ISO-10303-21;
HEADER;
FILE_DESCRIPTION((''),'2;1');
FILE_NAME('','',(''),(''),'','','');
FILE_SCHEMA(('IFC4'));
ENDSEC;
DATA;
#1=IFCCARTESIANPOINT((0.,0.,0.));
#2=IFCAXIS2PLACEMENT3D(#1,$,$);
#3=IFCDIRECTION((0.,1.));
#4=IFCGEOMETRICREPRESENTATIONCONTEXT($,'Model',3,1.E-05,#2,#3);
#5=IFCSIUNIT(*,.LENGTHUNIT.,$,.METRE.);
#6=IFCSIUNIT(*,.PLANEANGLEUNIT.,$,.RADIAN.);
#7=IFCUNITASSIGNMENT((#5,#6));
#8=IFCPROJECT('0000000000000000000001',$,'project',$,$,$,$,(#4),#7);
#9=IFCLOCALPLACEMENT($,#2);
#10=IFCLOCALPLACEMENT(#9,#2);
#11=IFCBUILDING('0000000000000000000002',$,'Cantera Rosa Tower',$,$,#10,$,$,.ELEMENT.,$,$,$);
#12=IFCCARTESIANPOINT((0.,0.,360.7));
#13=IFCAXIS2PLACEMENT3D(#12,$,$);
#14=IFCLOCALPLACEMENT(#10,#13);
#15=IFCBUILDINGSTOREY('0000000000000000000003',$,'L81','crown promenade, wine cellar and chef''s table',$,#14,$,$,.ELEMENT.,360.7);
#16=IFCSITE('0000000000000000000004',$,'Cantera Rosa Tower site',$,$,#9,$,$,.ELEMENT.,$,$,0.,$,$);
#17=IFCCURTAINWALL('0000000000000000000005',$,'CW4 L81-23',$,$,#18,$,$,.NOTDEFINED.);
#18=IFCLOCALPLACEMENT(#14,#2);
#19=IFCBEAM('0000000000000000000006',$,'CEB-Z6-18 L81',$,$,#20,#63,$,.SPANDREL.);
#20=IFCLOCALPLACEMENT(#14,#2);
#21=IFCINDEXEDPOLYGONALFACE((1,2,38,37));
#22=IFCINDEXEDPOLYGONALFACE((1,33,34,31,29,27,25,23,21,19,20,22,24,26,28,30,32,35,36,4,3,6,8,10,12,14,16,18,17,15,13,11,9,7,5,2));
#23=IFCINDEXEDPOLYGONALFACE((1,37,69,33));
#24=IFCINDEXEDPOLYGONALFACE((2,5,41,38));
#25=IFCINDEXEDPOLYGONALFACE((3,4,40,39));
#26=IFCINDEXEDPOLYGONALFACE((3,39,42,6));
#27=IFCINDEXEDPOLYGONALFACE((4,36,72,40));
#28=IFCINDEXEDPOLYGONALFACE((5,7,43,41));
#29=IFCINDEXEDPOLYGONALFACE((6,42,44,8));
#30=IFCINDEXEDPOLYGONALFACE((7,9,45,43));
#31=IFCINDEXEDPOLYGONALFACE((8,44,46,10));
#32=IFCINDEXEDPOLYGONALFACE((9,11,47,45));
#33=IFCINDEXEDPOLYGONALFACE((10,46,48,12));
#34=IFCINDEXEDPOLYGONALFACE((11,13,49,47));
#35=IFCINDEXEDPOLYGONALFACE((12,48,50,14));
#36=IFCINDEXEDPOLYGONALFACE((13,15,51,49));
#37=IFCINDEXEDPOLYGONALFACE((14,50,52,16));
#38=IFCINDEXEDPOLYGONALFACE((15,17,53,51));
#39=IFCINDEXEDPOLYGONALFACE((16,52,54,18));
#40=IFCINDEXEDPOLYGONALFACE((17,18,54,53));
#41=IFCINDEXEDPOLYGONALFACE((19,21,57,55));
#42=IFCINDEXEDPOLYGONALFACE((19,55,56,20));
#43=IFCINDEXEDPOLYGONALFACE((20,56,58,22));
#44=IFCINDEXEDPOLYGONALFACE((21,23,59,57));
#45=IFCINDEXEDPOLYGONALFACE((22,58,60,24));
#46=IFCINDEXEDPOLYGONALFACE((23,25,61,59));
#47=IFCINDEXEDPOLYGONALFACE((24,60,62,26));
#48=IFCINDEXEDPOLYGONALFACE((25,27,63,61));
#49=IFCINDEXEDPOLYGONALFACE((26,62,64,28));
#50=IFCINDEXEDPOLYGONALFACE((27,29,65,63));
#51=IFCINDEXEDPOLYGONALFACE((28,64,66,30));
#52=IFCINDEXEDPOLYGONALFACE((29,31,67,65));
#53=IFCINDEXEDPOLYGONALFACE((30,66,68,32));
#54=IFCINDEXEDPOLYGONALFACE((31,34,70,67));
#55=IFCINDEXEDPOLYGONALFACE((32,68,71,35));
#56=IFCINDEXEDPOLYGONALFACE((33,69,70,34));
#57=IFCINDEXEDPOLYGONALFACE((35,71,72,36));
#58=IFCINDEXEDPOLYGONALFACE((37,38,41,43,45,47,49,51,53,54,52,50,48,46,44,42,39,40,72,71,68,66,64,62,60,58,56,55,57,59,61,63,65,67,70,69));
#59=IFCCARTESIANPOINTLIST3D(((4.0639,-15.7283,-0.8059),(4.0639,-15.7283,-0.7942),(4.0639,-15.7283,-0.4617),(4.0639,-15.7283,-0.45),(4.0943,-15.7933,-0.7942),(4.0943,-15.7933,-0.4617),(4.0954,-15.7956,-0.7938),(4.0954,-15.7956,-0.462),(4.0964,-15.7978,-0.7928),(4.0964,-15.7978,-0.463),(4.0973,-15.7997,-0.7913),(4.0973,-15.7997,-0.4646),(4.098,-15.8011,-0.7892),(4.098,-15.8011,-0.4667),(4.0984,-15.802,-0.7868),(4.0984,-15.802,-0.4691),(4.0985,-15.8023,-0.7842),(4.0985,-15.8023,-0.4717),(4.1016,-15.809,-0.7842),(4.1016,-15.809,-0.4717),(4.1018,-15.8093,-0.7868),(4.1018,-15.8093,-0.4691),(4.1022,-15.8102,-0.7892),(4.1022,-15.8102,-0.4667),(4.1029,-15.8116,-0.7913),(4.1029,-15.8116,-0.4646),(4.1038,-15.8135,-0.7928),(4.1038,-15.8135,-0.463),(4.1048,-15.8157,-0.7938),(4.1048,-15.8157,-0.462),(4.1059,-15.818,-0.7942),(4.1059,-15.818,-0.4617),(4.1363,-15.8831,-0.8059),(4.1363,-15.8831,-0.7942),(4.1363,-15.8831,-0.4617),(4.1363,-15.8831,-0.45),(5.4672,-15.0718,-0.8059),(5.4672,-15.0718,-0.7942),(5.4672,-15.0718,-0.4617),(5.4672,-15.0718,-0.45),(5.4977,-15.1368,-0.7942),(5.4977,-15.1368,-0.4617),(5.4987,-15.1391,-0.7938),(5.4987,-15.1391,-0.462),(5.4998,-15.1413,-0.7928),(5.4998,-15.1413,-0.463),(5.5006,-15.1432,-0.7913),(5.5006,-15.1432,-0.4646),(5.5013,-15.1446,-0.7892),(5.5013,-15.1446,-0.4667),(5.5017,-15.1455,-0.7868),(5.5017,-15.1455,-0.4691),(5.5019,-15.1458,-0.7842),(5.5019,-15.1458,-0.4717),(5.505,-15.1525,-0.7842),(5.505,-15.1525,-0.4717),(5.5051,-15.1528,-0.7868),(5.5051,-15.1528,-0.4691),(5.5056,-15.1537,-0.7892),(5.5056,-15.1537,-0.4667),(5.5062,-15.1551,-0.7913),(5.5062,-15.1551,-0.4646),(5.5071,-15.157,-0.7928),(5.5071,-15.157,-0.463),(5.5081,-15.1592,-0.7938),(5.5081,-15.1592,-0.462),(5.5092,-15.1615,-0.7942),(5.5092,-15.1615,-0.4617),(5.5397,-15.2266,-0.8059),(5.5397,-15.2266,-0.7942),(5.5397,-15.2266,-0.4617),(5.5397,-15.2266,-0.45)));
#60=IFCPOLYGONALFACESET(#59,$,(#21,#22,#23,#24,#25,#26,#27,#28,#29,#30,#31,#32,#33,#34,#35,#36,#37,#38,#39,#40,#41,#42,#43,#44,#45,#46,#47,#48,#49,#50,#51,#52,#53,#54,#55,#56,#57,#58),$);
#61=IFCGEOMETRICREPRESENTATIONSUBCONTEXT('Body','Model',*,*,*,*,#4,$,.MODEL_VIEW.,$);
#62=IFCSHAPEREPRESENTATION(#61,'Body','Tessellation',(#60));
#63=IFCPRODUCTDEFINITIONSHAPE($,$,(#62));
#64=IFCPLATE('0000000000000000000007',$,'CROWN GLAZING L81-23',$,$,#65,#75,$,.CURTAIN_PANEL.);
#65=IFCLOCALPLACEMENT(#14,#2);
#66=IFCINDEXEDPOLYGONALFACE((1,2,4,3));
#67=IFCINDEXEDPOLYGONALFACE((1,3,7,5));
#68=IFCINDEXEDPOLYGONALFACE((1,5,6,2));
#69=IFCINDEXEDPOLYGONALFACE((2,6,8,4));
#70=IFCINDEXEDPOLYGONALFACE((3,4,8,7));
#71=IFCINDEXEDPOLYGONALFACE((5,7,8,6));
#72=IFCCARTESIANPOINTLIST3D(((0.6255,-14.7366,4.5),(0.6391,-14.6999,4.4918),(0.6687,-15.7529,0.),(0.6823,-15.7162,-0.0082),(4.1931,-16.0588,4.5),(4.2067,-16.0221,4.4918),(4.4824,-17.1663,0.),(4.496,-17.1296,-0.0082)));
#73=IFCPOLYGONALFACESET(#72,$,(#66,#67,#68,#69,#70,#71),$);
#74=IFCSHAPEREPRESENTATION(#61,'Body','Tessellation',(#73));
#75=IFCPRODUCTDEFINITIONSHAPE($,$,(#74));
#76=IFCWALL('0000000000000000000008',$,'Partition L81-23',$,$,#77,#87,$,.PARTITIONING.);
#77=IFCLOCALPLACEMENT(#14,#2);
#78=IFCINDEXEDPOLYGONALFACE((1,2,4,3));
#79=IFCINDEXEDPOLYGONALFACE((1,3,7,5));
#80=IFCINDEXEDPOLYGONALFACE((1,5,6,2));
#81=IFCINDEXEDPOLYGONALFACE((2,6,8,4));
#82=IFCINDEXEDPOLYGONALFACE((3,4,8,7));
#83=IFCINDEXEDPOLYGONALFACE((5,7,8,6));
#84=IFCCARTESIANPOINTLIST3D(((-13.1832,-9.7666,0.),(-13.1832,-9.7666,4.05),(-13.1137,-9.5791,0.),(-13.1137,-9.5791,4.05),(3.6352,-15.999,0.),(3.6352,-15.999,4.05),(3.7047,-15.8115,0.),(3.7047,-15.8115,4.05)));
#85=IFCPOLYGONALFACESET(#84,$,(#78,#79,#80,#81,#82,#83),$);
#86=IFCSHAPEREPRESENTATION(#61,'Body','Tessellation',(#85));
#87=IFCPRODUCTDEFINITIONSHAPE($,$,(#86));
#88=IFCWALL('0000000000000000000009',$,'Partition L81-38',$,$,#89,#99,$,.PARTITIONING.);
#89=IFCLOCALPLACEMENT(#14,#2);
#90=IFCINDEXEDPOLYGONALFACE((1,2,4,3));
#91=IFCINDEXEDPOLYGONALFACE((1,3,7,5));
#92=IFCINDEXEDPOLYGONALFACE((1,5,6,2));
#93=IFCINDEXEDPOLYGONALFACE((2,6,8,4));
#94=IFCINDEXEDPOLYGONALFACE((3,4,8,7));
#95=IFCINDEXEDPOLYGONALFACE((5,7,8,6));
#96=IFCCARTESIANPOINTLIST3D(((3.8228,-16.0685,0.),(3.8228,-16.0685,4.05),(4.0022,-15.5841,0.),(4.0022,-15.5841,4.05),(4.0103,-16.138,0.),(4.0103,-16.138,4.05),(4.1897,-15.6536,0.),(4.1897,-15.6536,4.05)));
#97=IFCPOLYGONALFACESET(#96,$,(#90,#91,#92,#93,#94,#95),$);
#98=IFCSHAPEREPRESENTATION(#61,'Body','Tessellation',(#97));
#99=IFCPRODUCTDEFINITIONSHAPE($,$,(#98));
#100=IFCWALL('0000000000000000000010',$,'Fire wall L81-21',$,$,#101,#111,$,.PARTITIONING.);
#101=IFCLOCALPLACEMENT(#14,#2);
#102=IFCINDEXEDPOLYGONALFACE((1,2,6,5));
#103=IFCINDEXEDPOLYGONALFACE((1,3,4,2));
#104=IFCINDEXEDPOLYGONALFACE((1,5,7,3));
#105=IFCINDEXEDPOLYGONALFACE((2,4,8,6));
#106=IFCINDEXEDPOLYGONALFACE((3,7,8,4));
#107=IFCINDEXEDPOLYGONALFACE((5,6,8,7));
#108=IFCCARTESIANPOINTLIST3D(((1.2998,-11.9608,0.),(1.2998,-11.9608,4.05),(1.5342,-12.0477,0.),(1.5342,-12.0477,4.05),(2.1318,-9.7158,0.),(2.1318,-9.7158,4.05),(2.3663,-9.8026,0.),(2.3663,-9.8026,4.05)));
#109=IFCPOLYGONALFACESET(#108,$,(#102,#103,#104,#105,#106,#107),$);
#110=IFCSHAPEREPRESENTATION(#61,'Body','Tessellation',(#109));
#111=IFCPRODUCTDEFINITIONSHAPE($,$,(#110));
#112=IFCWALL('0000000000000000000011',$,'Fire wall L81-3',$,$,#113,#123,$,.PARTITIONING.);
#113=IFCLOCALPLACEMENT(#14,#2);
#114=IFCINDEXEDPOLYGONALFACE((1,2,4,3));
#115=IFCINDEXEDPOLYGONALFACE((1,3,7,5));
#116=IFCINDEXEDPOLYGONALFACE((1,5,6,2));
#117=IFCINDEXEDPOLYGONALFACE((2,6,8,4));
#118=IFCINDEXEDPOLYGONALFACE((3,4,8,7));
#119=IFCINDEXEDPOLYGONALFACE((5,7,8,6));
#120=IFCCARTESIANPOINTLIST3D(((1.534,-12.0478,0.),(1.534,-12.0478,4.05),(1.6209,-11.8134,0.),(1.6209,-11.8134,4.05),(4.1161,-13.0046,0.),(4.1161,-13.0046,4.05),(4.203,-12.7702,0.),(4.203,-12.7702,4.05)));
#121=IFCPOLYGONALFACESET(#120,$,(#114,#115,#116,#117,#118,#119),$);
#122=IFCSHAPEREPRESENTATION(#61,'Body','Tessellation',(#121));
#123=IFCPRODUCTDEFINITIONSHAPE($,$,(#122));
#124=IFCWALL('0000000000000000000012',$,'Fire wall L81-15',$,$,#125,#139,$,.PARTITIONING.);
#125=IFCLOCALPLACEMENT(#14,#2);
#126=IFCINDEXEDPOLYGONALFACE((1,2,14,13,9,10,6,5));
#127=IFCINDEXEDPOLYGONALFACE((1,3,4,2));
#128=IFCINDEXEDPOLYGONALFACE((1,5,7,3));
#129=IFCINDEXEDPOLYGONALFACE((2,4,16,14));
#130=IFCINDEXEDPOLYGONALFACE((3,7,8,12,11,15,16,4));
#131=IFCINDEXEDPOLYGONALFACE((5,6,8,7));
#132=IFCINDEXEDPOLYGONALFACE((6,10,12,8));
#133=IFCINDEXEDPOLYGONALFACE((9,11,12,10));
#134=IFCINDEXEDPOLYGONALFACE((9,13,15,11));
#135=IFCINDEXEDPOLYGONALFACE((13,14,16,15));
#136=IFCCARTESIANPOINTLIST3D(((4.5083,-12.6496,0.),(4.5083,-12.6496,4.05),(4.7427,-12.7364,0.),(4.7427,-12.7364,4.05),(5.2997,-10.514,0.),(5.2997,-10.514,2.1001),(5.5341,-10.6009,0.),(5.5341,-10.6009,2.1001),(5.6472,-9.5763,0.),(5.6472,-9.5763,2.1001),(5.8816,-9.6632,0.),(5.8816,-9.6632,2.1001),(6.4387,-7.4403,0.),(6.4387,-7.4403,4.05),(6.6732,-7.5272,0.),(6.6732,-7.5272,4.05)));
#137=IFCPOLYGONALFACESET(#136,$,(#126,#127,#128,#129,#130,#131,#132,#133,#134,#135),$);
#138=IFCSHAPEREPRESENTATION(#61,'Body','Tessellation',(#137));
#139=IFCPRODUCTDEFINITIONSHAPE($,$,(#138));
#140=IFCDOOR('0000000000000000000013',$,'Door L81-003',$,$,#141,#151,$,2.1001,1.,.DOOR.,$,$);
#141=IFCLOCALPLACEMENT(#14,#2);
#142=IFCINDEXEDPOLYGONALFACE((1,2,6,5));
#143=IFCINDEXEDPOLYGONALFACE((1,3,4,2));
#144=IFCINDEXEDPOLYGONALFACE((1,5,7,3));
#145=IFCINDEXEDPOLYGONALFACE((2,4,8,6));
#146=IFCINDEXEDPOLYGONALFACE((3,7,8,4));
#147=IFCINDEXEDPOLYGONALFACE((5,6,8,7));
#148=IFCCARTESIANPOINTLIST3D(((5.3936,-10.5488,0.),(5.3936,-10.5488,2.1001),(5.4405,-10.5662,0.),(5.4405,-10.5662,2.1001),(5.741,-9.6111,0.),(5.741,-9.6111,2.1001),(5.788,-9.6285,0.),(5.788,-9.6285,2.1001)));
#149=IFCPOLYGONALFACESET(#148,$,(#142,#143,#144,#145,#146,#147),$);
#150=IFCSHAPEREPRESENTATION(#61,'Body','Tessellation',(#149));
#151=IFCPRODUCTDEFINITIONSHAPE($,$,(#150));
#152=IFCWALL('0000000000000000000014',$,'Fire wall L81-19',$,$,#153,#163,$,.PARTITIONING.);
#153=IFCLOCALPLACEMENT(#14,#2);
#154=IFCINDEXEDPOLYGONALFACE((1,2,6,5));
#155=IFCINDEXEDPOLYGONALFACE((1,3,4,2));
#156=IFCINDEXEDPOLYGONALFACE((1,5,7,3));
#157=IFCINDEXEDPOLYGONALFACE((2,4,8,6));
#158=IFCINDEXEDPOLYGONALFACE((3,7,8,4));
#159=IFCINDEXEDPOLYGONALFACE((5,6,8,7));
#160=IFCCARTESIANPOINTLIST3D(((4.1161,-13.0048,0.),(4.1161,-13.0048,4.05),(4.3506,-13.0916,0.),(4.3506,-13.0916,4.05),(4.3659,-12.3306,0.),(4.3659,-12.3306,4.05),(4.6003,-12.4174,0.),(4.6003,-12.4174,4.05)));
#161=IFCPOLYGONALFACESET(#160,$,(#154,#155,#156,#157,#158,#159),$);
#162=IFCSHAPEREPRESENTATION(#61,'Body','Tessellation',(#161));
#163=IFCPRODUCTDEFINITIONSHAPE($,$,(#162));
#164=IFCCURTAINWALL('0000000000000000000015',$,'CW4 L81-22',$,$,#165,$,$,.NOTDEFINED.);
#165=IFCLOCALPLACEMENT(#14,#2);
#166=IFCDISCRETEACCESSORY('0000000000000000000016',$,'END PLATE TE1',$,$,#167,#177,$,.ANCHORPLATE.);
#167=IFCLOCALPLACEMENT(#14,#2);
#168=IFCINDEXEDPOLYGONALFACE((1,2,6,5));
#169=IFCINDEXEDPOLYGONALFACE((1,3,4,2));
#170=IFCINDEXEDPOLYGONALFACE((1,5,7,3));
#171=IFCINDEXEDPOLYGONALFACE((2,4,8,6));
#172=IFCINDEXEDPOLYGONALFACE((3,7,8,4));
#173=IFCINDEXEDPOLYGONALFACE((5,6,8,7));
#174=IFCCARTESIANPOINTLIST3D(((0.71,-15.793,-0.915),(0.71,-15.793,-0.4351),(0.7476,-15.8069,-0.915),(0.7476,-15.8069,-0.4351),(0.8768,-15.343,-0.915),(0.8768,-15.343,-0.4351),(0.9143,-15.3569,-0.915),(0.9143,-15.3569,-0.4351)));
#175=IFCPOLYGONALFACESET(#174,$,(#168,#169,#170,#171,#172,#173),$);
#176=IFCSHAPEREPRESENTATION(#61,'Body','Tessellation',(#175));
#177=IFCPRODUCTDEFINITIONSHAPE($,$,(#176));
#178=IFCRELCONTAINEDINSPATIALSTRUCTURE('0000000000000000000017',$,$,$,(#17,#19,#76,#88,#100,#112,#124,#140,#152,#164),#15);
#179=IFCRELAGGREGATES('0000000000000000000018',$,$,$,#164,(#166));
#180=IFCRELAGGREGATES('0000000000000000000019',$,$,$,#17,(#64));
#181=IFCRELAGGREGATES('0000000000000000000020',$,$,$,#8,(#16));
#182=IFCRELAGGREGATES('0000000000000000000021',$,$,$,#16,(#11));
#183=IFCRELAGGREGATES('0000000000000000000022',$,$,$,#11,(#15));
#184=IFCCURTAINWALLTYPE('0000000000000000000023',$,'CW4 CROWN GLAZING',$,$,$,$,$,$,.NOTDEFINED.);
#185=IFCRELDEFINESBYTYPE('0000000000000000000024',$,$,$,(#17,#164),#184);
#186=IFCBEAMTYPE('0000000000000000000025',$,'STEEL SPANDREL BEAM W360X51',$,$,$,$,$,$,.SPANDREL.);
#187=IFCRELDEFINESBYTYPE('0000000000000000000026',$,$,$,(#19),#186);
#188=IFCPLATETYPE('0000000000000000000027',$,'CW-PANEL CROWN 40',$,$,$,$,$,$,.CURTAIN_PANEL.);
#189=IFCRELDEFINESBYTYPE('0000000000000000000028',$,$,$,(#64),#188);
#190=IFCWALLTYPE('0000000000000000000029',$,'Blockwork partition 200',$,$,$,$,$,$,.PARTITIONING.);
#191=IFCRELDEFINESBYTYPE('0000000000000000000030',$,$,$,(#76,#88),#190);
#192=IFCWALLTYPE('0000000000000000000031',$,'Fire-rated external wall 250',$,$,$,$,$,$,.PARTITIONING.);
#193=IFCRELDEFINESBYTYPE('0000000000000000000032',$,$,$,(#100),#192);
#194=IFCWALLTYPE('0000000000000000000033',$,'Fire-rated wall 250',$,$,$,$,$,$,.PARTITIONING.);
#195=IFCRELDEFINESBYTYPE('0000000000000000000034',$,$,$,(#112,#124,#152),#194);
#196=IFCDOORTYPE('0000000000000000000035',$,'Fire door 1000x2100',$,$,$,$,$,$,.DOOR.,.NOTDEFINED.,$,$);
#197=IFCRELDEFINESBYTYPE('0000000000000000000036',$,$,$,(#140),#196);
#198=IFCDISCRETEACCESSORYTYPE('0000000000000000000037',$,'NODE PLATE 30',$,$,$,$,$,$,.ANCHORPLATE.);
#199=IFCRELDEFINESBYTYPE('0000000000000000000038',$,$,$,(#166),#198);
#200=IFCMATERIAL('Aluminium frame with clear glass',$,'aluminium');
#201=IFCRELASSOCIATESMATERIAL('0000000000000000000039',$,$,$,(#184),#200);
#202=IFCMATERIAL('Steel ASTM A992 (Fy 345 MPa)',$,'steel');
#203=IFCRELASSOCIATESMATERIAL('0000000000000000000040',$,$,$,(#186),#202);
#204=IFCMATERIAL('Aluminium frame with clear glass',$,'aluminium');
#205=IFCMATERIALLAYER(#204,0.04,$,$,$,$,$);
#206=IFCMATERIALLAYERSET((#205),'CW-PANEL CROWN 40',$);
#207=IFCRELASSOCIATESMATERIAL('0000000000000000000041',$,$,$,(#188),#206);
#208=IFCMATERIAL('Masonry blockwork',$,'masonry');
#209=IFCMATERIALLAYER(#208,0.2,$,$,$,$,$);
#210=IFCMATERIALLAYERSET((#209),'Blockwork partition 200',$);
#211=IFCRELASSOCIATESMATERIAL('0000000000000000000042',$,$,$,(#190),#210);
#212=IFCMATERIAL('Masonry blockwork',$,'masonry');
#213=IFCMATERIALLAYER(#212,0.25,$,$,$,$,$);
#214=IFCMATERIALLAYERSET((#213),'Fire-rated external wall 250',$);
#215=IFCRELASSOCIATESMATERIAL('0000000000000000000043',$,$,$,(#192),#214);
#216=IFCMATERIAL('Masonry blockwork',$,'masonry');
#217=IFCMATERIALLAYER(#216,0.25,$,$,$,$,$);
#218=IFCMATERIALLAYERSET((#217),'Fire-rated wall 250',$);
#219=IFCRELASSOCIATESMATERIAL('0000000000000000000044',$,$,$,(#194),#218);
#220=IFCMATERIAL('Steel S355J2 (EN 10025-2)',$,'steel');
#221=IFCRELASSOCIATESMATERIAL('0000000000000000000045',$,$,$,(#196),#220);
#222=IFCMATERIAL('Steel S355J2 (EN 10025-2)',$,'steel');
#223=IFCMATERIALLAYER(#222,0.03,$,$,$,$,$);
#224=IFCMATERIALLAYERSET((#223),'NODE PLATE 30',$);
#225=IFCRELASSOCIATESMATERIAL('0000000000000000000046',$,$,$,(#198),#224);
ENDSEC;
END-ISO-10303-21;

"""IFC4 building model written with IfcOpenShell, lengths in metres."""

from ifc_helpers import new_model, si_unit, direction, frame, frame_2d, origin, origin_2d, place, context, subcontext, project, spatial, polyline, rectangle, i_section, outline, extrude, material, layer, layer_set, material_profile, profile_set, type_object, element, fill, aggregate, save


model = new_model("IFC4")

# Units and contexts
model_context = context("Model", 3, precision=1e-05, world=origin(), true_north=direction((0.0, 1.0)))
body_context = subcontext(model_context, "Body", "Model", "MODEL_VIEW")
ifc_project = project(units=[si_unit("LENGTHUNIT", "METRE"), si_unit("PLANEANGLEUNIT", "RADIAN")], contexts=[model_context])

# Site, building, storey
site_placement = place(None, origin())
site = spatial("IfcSite", under=ifc_project, at=site_placement, Name="Cantera Rosa Tower site", CompositionType="ELEMENT", RefElevation=0.0)
building_placement = place(site_placement, origin())
building = spatial("IfcBuilding", under=site, at=building_placement, Name="Cantera Rosa Tower", CompositionType="ELEMENT")
storey_placement = place(building_placement, frame((0.0, 0.0, 360.7)))
storey = spatial("IfcBuildingStorey", under=building, at=storey_placement, Name="L81", Description="crown promenade, wine cellar and chef's table", CompositionType="ELEMENT", Elevation=360.7)

# Curtain wall
ifc_material_1 = material(Name="Aluminium frame with clear glass", Category="aluminium")
curtain_wall_type = type_object("IfcCurtainWallType", Name="CW4 CROWN GLAZING", PredefinedType="NOTDEFINED", material=ifc_material_1)
curtain_wall_1_placement = place(storey_placement, origin())
curtain_wall_1 = element("IfcCurtainWall", 1, at=curtain_wall_1_placement, inside=storey, type_object=curtain_wall_type, Name="CW4 L81-23", PredefinedType="NOTDEFINED")

# Beam
ifc_material_2 = material(Name="Steel ASTM A992 (Fy 345 MPa)", Category="steel")
ifc_material_profile_1 = material_profile(ifc_material_2, i_section(OverallWidth=0.1709, OverallDepth=0.356, WebThickness=0.0073, FlangeThickness=0.0117, FilletRadius=0.01, at=origin_2d()), Name="W360X51")
ifc_profile_set_1 = profile_set([ifc_material_profile_1], Name="Steel ASTM A992 (Fy 345 MPa)")
beam_type = type_object("IfcBeamType", Name="STEEL SPANDREL BEAM W360X51", PredefinedType="SPANDREL", material=ifc_profile_set_1)
beam_1_placement = place(storey_placement, frame((4.1001, -15.8057, -0.6279), z_axis=(0.905784, 0.423739, 0.0), x_axis=(-0.423739, 0.905784, 0.0)))
element("IfcBeam", 2, at=beam_1_placement, inside=storey, type_object=beam_type, Name="CEB-Z6-18 L81", PredefinedType="SPANDREL", context=body_context, shape_type="SweptSolid", body=[
    extrude(i_section(OverallWidth=0.1709, OverallDepth=0.356, WebThickness=0.0073, FlangeThickness=0.0117, FilletRadius=0.01, at=origin_2d()), origin(), (0.0, 0.0, 1.0), 1.5493),
])

# Plate
ifc_material_3 = material(Name="Aluminium frame with clear glass", Category="aluminium")
ifc_layer_1 = layer(ifc_material_3, 0.04)
ifc_layer_set_1 = layer_set([ifc_layer_1], Name="CW-PANEL CROWN 40")
plate_type = type_object("IfcPlateType", Name="CW-PANEL CROWN 40", PredefinedType="CURTAIN_PANEL", material=ifc_layer_set_1)
plate_1_placement = place(storey_placement, frame((0.6687, -15.7529, 0.0), z_axis=(-0.3402, -0.917949, 0.204044), x_axis=(0.937676, -0.347511, 0.000003)))
plate_1 = element("IfcPlate", 3, at=plate_1_placement, type_object=plate_type, Name="CROWN GLAZING L81-23", PredefinedType="CURTAIN_PANEL", context=body_context, shape_type="SweptSolid", body=[
    extrude(outline(polyline([(0.0, 0.0), (4.0672, 0.0), (3.4111, 4.5967), (-0.3937, 4.5967), (0.0, 0.0)])), origin(), (0.0, 0.0, -1.0), 0.04),
])

# Walls
ifc_material_4 = material(Name="Masonry blockwork", Category="masonry")
ifc_layer_2 = layer(ifc_material_4, 0.2)
ifc_layer_set_2 = layer_set([ifc_layer_2], Name="Blockwork partition 200")
wall_type_1 = type_object("IfcWallType", Name="Blockwork partition 200", PredefinedType="PARTITIONING", material=ifc_layer_set_2)
wall_1_placement = place(storey_placement, frame((3.6699, -15.9053, 0.0), z_axis=(0.0, 0.0, 1.0), x_axis=(-0.937687, 0.347481, 0.0)))
element("IfcWall", 4, at=wall_1_placement, inside=storey, type_object=wall_type_1, Name="Partition L81-23", PredefinedType="PARTITIONING", context=body_context, shape_type="SweptSolid", body=[
    extrude(rectangle(XDim=17.936, YDim=0.2, at=frame_2d((8.968, 0.0))), origin(), (0.0, 0.0, 1.0), 4.05),
])
wall_2_placement = place(storey_placement, frame((3.9165, -16.1033, 0.0), z_axis=(0.0, 0.0, 1.0), x_axis=(0.347391, 0.93772, 0.0)))
element("IfcWall", 5, at=wall_2_placement, inside=storey, type_object=wall_type_1, Name="Partition L81-38", PredefinedType="PARTITIONING", context=body_context, shape_type="SweptSolid", body=[
    extrude(rectangle(XDim=0.5166, YDim=0.2, at=frame_2d((0.2583, 0.0))), origin(), (0.0, 0.0, 1.0), 4.05),
])
ifc_material_5 = material(Name="Masonry blockwork", Category="masonry")
ifc_layer_3 = layer(ifc_material_5, 0.25)
ifc_layer_set_3 = layer_set([ifc_layer_3], Name="Fire-rated external wall 250")
wall_type_2 = type_object("IfcWallType", Name="Fire-rated external wall 250", PredefinedType="PARTITIONING", material=ifc_layer_set_3)
wall_3_placement = place(storey_placement, frame((1.417, -12.0044, 0.0), z_axis=(0.0, 0.0, 1.0), x_axis=(0.3475, 0.93768, 0.0)))
element("IfcWall", 6, at=wall_3_placement, inside=storey, type_object=wall_type_2, Name="Fire wall L81-21", PredefinedType="PARTITIONING", context=body_context, shape_type="SweptSolid", body=[
    extrude(rectangle(XDim=2.3943, YDim=0.25, at=frame_2d((1.1973, 0.0))), origin(), (0.0, 0.0, 1.0), 4.05),
])
ifc_material_6 = material(Name="Masonry blockwork", Category="masonry")
ifc_layer_4 = layer(ifc_material_6, 0.25)
ifc_layer_set_4 = layer_set([ifc_layer_4], Name="Fire-rated wall 250")
wall_type_3 = type_object("IfcWallType", Name="Fire-rated wall 250", PredefinedType="PARTITIONING", material=ifc_layer_set_4)
wall_4_placement = place(storey_placement, frame((4.1597, -12.8875, 0.0), z_axis=(0.0, 0.0, 1.0), x_axis=(-0.937692, 0.347467, 0.0)))
element("IfcWall", 7, at=wall_4_placement, inside=storey, type_object=wall_type_3, Name="Fire wall L81-3", PredefinedType="PARTITIONING", context=body_context, shape_type="SweptSolid", body=[
    extrude(rectangle(XDim=2.7537, YDim=0.25, at=frame_2d((1.377, 0.0))), origin(), (0.0, 0.0, 1.0), 4.05),
])

# Wall, opening, door
wall_5_placement = place(storey_placement, frame((4.6255, -12.6931, 0.0), z_axis=(0.0, 0.0, 1.0), x_axis=(0.347485, 0.937686, 0.0)))
wall_5 = element("IfcWall", 8, at=wall_5_placement, inside=storey, type_object=wall_type_3, Name="Fire wall L81-15", PredefinedType="PARTITIONING", context=body_context, shape_type="SweptSolid", body=[
    extrude(rectangle(XDim=5.5554, YDim=0.25, at=frame_2d((2.7778, 0.0))), origin(), (0.0, 0.0, 1.0), 4.05),
])
opening_placement = place(wall_5_placement, frame((2.2776, 0.0, 0.0)))
opening = element("IfcOpeningElement", 9, at=opening_placement, cuts=wall_5, PredefinedType="OPENING", context=body_context, shape_type="SweptSolid", body=[
    extrude(rectangle(XDim=1.0, YDim=2.1001, at=frame_2d((0.5, 1.05))), frame((0.0, 0.135, 0.0), z_axis=(0.0, -1.0, 0.0), x_axis=(1.0, 0.0, 0.0)), (0.0, 0.0, 1.0), 0.27),
])
ifc_material_7 = material(Name="Steel S355J2 (EN 10025-2)", Category="steel")
door_type = type_object("IfcDoorType", Name="Fire door 1000x2100", OperationType="NOTDEFINED", PredefinedType="DOOR", material=ifc_material_7)
door_placement = place(opening_placement, origin())
door = element("IfcDoor", 10, at=door_placement, inside=storey, type_object=door_type, Name="Door L81-003", OverallHeight=2.1001, OverallWidth=1.0, PredefinedType="DOOR", context=body_context, shape_type="SweptSolid", body=[
    extrude(rectangle(XDim=1.0, YDim=2.1001, at=frame_2d((0.5, 1.05))), frame((0.0, 0.0249, 0.0), z_axis=(0.0, -1.0, 0.0), x_axis=(1.0, 0.0, 0.0)), (0.0, 0.0, 1.0), 0.05),
])
fill(opening, door)

# Wall
wall_6_placement = place(storey_placement, frame((4.2334, -13.0481, 0.0), z_axis=(0.0, 0.0, 1.0), x_axis=(0.347325, 0.937745, 0.0)))
element("IfcWall", 11, at=wall_6_placement, inside=storey, type_object=wall_type_3, Name="Fire wall L81-19", PredefinedType="PARTITIONING", context=body_context, shape_type="SweptSolid", body=[
    extrude(rectangle(XDim=0.719, YDim=0.25, at=frame_2d((0.3594, 0.0))), origin(), (0.0, 0.0, 1.0), 4.05),
])

# Curtain wall, discrete accessory
curtain_wall_2_placement = place(storey_placement, origin())
curtain_wall_2 = element("IfcCurtainWall", 12, at=curtain_wall_2_placement, inside=storey, type_object=curtain_wall_type, Name="CW4 L81-22", PredefinedType="NOTDEFINED")
ifc_material_8 = material(Name="Steel S355J2 (EN 10025-2)", Category="steel")
ifc_layer_5 = layer(ifc_material_8, 0.03)
ifc_layer_set_5 = layer_set([ifc_layer_5], Name="NODE PLATE 30")
discrete_accessory_type = type_object("IfcDiscreteAccessoryType", Name="NODE PLATE 30", PredefinedType="ANCHORPLATE", material=ifc_layer_set_5)
discrete_accessory_1_placement = place(storey_placement, frame((0.9143, -15.3569, -0.4351), z_axis=(0.937681, -0.347497, 0.0), x_axis=(-0.347497, -0.937681, 0.0)))
discrete_accessory_1 = element("IfcDiscreteAccessory", 13, at=discrete_accessory_1_placement, type_object=discrete_accessory_type, Name="END PLATE TE1", PredefinedType="ANCHORPLATE", context=body_context, shape_type="SweptSolid", body=[
    extrude(outline(polyline([(0.0, 0.0), (0.4799, 0.0), (0.4799, 0.48), (0.0, 0.48), (0.0, 0.0)])), origin(), (0.0, 0.0, -1.0), 0.04),
])
aggregate(curtain_wall_2, [discrete_accessory_1])

aggregate(curtain_wall_1, [plate_1])

save(model, "model.ifc")
